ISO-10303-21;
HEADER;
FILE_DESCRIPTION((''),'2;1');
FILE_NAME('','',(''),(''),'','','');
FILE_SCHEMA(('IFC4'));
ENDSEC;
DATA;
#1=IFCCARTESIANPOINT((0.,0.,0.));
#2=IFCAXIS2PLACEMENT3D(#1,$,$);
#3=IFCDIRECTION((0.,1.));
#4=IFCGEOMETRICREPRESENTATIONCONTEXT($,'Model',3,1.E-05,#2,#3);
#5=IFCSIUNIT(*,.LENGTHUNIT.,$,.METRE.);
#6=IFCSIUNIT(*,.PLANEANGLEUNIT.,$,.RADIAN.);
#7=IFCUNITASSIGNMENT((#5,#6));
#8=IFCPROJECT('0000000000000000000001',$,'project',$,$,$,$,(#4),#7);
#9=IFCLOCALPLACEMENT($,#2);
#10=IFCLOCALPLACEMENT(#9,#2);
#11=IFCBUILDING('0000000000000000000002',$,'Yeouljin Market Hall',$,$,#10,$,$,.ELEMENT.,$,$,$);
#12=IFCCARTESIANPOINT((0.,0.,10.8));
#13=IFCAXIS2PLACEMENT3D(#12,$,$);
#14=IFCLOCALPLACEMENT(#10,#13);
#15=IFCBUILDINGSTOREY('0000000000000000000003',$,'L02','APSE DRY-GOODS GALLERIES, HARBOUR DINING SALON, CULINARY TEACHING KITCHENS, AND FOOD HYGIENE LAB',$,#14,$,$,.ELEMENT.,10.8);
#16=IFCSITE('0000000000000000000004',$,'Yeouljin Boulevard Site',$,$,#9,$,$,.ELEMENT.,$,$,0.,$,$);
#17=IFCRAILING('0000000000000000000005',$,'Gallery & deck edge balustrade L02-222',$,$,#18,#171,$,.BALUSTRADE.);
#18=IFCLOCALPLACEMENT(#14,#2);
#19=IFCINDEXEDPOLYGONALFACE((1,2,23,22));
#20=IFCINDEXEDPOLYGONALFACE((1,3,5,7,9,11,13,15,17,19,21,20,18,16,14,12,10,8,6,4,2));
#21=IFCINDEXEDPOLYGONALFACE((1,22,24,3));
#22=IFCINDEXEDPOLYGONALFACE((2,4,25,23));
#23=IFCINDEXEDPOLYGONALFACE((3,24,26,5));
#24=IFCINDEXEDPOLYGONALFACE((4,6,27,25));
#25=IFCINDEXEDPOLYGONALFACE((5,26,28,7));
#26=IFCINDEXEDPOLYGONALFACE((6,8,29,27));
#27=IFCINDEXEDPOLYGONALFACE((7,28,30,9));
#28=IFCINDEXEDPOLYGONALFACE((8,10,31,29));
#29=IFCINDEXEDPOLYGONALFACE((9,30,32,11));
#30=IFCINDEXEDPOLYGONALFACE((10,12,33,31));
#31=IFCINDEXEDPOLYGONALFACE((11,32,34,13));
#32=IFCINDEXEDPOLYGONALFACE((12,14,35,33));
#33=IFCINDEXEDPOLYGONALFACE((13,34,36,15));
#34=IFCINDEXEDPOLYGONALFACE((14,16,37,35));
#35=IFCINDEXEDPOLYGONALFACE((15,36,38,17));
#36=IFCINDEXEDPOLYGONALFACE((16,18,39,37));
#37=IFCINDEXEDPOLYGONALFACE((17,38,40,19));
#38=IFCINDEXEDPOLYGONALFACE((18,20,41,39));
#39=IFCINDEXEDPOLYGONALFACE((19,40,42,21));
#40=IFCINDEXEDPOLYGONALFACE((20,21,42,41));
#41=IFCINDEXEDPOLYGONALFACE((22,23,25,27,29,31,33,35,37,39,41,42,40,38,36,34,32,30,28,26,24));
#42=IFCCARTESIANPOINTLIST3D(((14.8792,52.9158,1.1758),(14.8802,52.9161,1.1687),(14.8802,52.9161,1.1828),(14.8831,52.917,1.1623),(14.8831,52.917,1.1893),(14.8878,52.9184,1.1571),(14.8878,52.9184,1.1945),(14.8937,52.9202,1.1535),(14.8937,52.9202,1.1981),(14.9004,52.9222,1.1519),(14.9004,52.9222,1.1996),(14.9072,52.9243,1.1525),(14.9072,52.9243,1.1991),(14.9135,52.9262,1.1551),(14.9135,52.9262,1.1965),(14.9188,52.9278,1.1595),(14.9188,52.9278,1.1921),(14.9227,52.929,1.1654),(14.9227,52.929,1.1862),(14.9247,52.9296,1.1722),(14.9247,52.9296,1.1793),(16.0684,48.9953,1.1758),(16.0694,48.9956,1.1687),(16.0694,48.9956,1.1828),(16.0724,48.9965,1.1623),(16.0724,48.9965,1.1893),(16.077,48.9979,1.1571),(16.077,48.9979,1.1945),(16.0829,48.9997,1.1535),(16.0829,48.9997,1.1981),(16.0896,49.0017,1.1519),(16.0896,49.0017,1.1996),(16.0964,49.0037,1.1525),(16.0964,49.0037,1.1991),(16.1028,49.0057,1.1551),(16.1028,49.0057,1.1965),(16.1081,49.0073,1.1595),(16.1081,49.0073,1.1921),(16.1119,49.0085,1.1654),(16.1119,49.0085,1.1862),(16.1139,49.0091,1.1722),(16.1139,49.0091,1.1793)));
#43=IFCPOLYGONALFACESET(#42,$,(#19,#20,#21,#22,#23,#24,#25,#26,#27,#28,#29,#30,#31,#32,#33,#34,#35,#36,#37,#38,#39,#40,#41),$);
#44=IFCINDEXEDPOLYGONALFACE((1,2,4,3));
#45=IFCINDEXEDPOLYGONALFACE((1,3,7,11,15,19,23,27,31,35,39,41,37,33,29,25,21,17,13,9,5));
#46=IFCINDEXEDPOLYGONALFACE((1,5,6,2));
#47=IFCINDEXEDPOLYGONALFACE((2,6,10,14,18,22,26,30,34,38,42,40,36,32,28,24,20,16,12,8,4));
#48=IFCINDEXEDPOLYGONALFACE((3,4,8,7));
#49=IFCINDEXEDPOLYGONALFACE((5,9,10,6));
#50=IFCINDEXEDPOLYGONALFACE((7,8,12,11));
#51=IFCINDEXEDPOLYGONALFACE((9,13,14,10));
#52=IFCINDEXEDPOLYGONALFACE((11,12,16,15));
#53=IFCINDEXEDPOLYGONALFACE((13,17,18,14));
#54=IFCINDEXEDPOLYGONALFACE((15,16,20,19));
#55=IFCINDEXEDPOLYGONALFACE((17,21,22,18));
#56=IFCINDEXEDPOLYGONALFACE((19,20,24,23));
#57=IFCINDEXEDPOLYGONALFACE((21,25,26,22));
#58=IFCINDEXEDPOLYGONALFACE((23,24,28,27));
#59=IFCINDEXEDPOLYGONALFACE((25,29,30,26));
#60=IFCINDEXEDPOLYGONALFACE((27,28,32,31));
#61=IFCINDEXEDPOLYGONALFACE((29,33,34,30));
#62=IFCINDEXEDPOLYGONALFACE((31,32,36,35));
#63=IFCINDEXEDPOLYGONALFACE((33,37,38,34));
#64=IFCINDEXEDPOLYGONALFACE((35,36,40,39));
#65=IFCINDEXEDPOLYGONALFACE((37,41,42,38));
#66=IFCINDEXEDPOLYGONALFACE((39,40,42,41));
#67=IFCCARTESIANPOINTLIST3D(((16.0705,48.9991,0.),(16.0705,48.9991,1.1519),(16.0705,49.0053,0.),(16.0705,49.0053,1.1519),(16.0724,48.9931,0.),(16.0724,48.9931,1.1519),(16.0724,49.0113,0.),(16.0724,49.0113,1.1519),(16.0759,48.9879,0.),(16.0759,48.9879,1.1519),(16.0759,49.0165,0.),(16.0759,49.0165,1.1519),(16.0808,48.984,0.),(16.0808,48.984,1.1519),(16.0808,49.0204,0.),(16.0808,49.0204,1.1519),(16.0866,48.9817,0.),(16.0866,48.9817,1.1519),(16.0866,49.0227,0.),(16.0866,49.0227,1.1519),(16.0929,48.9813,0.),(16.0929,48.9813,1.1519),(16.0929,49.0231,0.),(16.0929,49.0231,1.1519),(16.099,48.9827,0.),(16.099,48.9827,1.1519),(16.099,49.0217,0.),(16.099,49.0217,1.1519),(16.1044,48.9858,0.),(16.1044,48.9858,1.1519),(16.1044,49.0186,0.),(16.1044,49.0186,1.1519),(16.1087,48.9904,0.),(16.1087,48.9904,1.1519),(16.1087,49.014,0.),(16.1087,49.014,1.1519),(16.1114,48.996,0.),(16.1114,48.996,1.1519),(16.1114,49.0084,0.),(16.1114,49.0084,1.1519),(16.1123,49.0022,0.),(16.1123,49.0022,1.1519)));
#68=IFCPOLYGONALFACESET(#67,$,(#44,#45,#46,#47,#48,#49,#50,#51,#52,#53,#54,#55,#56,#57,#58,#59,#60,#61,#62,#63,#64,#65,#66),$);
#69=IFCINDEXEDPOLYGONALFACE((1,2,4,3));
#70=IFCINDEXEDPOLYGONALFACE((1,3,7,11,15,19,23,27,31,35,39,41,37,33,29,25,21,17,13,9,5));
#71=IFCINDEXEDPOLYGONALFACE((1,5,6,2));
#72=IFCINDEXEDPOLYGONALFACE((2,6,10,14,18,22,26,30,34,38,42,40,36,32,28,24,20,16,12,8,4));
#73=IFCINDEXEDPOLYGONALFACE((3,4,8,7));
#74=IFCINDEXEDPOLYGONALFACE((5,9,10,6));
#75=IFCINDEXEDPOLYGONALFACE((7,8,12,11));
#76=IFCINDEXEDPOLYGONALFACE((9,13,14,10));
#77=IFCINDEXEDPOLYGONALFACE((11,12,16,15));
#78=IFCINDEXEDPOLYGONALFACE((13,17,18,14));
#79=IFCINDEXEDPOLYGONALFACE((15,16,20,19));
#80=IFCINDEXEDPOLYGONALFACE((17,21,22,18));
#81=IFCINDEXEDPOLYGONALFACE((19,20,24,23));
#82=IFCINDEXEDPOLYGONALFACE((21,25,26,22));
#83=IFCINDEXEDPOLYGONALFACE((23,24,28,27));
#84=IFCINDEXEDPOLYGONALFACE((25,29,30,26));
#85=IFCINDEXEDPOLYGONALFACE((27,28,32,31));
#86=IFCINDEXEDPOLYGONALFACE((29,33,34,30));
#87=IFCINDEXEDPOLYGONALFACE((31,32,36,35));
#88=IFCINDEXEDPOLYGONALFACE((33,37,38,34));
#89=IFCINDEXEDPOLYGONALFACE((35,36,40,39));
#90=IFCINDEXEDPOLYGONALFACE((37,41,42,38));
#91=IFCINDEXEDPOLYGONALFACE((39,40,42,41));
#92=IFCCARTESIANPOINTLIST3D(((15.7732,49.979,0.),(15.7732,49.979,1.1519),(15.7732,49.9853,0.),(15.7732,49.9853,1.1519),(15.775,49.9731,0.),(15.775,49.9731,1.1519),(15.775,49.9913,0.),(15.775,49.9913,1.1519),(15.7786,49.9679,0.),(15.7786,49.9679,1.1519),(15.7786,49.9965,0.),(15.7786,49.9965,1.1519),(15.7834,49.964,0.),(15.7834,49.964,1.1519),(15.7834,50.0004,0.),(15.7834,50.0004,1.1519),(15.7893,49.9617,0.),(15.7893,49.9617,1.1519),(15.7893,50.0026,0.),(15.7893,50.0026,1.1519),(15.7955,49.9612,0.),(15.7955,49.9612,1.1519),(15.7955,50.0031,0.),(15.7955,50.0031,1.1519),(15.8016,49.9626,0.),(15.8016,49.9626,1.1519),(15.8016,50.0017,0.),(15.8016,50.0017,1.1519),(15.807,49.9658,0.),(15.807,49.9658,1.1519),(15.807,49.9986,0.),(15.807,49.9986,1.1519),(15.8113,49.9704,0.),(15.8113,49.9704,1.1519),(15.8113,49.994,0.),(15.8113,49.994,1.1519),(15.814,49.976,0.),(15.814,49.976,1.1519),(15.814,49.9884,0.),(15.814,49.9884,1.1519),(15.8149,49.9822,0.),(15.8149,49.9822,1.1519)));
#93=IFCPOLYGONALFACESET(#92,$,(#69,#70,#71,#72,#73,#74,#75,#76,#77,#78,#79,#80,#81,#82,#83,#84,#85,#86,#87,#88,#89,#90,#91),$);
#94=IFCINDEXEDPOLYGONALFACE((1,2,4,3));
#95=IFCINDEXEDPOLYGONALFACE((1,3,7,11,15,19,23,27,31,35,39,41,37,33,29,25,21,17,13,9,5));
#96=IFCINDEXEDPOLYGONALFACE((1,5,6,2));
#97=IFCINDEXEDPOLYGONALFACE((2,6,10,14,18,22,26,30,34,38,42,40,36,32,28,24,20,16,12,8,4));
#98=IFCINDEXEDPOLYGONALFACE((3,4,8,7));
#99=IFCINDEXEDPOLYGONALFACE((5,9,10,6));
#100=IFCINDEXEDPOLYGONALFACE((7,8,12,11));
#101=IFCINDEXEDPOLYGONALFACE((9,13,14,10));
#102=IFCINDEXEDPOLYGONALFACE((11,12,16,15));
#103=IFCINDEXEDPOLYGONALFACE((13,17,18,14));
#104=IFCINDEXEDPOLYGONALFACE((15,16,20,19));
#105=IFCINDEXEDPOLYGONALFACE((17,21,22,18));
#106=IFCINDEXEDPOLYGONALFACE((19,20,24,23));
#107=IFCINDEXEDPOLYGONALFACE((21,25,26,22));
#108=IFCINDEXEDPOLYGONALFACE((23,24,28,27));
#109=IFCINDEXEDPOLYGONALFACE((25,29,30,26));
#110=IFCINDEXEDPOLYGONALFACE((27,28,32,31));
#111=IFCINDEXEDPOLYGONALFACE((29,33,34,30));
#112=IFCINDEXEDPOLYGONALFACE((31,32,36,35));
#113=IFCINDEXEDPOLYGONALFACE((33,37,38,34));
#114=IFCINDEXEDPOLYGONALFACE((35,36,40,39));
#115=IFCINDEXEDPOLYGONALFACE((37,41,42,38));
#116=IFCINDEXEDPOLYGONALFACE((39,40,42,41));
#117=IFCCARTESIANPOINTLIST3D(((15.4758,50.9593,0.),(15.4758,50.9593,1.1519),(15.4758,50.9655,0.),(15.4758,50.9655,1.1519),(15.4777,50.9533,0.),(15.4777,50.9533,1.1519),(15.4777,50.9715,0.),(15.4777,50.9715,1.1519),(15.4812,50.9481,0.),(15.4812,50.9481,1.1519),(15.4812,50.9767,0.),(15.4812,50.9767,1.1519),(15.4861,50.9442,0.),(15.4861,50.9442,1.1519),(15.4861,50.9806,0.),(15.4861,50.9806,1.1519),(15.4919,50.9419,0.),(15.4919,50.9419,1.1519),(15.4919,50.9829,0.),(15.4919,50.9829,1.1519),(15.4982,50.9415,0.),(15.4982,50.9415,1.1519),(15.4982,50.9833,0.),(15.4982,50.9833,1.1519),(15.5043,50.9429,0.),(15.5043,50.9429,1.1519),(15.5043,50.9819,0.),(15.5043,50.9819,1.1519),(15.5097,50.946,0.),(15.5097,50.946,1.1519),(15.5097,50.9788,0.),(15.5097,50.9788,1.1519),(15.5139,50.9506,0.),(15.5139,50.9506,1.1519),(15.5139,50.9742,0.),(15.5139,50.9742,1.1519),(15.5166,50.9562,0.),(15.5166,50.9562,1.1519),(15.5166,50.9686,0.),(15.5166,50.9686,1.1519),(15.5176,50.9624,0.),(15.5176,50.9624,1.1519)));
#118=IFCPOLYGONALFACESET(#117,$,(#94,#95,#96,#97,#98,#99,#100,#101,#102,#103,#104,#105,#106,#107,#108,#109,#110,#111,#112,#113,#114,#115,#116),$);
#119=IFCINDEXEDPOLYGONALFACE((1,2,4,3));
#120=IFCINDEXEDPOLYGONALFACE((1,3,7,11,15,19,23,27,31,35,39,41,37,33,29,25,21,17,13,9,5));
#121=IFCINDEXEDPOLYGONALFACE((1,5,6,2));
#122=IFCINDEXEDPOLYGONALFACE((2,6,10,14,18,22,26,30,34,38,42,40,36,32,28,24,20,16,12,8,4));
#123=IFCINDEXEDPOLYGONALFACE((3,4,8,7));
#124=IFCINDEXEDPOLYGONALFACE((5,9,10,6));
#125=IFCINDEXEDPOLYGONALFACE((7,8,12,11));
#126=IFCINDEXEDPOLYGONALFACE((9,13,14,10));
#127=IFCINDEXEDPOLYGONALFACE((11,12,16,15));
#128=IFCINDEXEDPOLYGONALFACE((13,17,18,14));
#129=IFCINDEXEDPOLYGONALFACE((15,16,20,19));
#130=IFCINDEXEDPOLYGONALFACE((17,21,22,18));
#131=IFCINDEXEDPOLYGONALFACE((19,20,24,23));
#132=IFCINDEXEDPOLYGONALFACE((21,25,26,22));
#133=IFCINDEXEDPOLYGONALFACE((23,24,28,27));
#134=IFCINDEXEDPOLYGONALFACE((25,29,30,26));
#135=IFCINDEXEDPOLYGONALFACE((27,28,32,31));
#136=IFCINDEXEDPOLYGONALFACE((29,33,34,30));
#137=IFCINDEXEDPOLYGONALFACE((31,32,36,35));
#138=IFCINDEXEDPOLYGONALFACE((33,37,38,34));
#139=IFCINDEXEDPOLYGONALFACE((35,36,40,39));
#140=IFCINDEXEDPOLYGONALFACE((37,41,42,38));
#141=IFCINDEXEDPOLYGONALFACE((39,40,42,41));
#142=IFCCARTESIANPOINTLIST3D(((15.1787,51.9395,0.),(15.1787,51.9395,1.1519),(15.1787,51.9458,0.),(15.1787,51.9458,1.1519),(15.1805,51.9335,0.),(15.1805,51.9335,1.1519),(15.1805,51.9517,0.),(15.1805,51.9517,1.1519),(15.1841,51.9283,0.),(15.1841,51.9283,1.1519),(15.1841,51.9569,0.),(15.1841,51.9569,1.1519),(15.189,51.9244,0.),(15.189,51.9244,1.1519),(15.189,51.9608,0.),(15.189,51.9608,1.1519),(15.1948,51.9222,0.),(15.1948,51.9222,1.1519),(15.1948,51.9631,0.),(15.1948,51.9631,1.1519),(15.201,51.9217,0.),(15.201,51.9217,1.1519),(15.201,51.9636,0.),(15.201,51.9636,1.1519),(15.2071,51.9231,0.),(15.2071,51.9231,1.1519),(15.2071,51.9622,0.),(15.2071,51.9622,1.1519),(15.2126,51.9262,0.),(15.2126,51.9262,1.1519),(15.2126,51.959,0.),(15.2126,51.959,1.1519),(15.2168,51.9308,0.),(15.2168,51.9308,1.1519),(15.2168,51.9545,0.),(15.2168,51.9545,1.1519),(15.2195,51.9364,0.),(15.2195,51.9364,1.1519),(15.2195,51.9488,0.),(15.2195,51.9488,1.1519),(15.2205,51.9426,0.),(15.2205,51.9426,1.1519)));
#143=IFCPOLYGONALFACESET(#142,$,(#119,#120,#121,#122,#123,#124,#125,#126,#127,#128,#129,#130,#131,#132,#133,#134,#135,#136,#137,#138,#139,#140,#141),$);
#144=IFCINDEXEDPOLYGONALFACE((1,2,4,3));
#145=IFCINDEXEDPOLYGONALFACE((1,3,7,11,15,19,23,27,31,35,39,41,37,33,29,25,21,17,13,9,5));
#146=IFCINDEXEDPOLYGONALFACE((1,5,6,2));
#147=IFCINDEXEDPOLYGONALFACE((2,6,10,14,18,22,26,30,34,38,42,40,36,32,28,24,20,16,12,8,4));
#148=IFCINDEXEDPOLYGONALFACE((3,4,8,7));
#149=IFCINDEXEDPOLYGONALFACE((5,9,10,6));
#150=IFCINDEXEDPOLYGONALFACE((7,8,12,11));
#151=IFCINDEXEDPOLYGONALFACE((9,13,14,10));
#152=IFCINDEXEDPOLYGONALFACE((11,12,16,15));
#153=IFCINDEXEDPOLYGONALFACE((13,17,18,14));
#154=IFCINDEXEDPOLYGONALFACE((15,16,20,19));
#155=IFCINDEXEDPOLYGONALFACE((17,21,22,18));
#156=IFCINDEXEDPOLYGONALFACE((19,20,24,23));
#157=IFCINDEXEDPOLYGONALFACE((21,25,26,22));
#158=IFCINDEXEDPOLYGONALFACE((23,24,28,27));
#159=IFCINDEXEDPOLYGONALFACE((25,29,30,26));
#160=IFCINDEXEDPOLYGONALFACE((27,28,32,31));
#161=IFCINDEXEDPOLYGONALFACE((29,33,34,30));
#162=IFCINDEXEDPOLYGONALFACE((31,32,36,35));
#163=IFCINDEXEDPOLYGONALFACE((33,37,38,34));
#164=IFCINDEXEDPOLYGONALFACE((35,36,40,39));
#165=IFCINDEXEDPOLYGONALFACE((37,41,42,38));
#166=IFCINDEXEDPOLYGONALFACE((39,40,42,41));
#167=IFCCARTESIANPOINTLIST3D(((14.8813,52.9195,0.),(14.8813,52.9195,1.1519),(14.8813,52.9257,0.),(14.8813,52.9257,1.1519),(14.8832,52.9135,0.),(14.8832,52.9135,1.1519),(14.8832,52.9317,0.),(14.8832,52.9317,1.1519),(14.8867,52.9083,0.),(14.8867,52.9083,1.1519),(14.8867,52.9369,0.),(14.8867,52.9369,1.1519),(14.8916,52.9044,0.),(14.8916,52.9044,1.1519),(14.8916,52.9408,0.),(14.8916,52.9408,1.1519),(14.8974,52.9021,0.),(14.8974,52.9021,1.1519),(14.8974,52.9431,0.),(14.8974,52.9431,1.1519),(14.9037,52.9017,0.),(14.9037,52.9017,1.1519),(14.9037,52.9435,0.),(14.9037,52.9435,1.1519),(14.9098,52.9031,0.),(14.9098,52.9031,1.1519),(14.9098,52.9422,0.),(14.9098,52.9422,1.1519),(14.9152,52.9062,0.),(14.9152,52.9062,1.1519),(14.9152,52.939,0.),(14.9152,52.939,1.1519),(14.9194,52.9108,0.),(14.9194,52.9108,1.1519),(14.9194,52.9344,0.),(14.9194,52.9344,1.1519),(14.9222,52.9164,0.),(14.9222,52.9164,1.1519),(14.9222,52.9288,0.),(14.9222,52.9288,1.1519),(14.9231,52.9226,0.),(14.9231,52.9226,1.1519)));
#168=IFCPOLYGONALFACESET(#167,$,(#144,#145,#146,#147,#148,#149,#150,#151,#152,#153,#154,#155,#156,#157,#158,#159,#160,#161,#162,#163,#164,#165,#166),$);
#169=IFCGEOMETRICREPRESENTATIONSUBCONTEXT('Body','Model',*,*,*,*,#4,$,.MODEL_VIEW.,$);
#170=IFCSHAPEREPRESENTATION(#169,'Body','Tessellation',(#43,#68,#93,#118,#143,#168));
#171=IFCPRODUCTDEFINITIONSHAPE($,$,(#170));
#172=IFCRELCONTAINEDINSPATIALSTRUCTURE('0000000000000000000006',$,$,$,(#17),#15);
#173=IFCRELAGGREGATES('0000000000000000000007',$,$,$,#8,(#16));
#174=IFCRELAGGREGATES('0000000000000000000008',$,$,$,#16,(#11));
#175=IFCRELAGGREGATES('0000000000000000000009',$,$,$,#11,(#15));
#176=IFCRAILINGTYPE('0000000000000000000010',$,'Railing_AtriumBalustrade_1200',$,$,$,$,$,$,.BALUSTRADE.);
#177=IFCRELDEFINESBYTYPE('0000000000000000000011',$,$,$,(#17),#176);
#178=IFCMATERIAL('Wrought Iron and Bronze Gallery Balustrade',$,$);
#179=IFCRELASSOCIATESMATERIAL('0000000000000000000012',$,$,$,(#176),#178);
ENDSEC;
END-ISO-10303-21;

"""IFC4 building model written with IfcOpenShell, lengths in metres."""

from ifc_helpers import new_model, si_unit, direction, frame, origin, origin_2d, place, context, subcontext, project, spatial, circle, extrude, material, type_object, element, save


model = new_model("IFC4")

# Units and contexts
model_context = context("Model", 3, precision=1e-05, world=origin(), true_north=direction((0.0, 1.0)))
body_context = subcontext(model_context, "Body", "Model", "MODEL_VIEW")
ifc_project = project(units=[si_unit("LENGTHUNIT", "METRE"), si_unit("PLANEANGLEUNIT", "RADIAN")], contexts=[model_context])

# Site, building, storey
site_placement = place(None, origin())
site = spatial("IfcSite", under=ifc_project, at=site_placement, Name="Yeouljin Boulevard Site", CompositionType="ELEMENT", RefElevation=0.0)
building_placement = place(site_placement, origin())
building = spatial("IfcBuilding", under=site, at=building_placement, Name="Yeouljin Market Hall", CompositionType="ELEMENT")
storey_placement = place(building_placement, frame((0.0, 0.0, 10.8)))
storey = spatial("IfcBuildingStorey", under=building, at=storey_placement, Name="L02", Description="APSE DRY-GOODS GALLERIES, HARBOUR DINING SALON, CULINARY TEACHING KITCHENS, AND FOOD HYGIENE LAB", CompositionType="ELEMENT", Elevation=10.8)

# Railing
ifc_material_1 = material(Name="Wrought Iron and Bronze Gallery Balustrade")
railing_type = type_object("IfcRailingType", Name="Railing_AtriumBalustrade_1200", PredefinedType="BALUSTRADE", material=ifc_material_1)
railing_1_placement = place(storey_placement, frame((16.0913, 49.0022, 0.0)))
element("IfcRailing", 1, at=railing_1_placement, inside=storey, type_object=railing_type, Name="Gallery & deck edge balustrade L02-222", PredefinedType="BALUSTRADE", context=body_context, shape_type="SweptSolid", body=[
    extrude(circle(Radius=0.0239, at=origin_2d()), frame((0.0, 0.0, 1.1758), z_axis=(-0.290277, 0.956943, 0.0), x_axis=(-0.956943, -0.290277, 0.0)), (0.0, 0.0, 1.0), 4.0969),
    extrude(circle(Radius=0.021, at=origin_2d()), origin(), (0.0, 0.0, 1.0), 1.1519),
    extrude(circle(Radius=0.021, at=origin_2d()), frame((-0.2974, 0.98, 0.0)), (0.0, 0.0, 1.0), 1.1519),
    extrude(circle(Radius=0.021, at=origin_2d()), frame((-0.5947, 1.9602, 0.0)), (0.0, 0.0, 1.0), 1.1519),
    extrude(circle(Radius=0.021, at=origin_2d()), frame((-0.8918, 2.9404, 0.0)), (0.0, 0.0, 1.0), 1.1519),
    extrude(circle(Radius=0.021, at=origin_2d()), frame((-1.1892, 3.9204, 0.0)), (0.0, 0.0, 1.0), 1.1519),
])

save(model, "model.ifc")
